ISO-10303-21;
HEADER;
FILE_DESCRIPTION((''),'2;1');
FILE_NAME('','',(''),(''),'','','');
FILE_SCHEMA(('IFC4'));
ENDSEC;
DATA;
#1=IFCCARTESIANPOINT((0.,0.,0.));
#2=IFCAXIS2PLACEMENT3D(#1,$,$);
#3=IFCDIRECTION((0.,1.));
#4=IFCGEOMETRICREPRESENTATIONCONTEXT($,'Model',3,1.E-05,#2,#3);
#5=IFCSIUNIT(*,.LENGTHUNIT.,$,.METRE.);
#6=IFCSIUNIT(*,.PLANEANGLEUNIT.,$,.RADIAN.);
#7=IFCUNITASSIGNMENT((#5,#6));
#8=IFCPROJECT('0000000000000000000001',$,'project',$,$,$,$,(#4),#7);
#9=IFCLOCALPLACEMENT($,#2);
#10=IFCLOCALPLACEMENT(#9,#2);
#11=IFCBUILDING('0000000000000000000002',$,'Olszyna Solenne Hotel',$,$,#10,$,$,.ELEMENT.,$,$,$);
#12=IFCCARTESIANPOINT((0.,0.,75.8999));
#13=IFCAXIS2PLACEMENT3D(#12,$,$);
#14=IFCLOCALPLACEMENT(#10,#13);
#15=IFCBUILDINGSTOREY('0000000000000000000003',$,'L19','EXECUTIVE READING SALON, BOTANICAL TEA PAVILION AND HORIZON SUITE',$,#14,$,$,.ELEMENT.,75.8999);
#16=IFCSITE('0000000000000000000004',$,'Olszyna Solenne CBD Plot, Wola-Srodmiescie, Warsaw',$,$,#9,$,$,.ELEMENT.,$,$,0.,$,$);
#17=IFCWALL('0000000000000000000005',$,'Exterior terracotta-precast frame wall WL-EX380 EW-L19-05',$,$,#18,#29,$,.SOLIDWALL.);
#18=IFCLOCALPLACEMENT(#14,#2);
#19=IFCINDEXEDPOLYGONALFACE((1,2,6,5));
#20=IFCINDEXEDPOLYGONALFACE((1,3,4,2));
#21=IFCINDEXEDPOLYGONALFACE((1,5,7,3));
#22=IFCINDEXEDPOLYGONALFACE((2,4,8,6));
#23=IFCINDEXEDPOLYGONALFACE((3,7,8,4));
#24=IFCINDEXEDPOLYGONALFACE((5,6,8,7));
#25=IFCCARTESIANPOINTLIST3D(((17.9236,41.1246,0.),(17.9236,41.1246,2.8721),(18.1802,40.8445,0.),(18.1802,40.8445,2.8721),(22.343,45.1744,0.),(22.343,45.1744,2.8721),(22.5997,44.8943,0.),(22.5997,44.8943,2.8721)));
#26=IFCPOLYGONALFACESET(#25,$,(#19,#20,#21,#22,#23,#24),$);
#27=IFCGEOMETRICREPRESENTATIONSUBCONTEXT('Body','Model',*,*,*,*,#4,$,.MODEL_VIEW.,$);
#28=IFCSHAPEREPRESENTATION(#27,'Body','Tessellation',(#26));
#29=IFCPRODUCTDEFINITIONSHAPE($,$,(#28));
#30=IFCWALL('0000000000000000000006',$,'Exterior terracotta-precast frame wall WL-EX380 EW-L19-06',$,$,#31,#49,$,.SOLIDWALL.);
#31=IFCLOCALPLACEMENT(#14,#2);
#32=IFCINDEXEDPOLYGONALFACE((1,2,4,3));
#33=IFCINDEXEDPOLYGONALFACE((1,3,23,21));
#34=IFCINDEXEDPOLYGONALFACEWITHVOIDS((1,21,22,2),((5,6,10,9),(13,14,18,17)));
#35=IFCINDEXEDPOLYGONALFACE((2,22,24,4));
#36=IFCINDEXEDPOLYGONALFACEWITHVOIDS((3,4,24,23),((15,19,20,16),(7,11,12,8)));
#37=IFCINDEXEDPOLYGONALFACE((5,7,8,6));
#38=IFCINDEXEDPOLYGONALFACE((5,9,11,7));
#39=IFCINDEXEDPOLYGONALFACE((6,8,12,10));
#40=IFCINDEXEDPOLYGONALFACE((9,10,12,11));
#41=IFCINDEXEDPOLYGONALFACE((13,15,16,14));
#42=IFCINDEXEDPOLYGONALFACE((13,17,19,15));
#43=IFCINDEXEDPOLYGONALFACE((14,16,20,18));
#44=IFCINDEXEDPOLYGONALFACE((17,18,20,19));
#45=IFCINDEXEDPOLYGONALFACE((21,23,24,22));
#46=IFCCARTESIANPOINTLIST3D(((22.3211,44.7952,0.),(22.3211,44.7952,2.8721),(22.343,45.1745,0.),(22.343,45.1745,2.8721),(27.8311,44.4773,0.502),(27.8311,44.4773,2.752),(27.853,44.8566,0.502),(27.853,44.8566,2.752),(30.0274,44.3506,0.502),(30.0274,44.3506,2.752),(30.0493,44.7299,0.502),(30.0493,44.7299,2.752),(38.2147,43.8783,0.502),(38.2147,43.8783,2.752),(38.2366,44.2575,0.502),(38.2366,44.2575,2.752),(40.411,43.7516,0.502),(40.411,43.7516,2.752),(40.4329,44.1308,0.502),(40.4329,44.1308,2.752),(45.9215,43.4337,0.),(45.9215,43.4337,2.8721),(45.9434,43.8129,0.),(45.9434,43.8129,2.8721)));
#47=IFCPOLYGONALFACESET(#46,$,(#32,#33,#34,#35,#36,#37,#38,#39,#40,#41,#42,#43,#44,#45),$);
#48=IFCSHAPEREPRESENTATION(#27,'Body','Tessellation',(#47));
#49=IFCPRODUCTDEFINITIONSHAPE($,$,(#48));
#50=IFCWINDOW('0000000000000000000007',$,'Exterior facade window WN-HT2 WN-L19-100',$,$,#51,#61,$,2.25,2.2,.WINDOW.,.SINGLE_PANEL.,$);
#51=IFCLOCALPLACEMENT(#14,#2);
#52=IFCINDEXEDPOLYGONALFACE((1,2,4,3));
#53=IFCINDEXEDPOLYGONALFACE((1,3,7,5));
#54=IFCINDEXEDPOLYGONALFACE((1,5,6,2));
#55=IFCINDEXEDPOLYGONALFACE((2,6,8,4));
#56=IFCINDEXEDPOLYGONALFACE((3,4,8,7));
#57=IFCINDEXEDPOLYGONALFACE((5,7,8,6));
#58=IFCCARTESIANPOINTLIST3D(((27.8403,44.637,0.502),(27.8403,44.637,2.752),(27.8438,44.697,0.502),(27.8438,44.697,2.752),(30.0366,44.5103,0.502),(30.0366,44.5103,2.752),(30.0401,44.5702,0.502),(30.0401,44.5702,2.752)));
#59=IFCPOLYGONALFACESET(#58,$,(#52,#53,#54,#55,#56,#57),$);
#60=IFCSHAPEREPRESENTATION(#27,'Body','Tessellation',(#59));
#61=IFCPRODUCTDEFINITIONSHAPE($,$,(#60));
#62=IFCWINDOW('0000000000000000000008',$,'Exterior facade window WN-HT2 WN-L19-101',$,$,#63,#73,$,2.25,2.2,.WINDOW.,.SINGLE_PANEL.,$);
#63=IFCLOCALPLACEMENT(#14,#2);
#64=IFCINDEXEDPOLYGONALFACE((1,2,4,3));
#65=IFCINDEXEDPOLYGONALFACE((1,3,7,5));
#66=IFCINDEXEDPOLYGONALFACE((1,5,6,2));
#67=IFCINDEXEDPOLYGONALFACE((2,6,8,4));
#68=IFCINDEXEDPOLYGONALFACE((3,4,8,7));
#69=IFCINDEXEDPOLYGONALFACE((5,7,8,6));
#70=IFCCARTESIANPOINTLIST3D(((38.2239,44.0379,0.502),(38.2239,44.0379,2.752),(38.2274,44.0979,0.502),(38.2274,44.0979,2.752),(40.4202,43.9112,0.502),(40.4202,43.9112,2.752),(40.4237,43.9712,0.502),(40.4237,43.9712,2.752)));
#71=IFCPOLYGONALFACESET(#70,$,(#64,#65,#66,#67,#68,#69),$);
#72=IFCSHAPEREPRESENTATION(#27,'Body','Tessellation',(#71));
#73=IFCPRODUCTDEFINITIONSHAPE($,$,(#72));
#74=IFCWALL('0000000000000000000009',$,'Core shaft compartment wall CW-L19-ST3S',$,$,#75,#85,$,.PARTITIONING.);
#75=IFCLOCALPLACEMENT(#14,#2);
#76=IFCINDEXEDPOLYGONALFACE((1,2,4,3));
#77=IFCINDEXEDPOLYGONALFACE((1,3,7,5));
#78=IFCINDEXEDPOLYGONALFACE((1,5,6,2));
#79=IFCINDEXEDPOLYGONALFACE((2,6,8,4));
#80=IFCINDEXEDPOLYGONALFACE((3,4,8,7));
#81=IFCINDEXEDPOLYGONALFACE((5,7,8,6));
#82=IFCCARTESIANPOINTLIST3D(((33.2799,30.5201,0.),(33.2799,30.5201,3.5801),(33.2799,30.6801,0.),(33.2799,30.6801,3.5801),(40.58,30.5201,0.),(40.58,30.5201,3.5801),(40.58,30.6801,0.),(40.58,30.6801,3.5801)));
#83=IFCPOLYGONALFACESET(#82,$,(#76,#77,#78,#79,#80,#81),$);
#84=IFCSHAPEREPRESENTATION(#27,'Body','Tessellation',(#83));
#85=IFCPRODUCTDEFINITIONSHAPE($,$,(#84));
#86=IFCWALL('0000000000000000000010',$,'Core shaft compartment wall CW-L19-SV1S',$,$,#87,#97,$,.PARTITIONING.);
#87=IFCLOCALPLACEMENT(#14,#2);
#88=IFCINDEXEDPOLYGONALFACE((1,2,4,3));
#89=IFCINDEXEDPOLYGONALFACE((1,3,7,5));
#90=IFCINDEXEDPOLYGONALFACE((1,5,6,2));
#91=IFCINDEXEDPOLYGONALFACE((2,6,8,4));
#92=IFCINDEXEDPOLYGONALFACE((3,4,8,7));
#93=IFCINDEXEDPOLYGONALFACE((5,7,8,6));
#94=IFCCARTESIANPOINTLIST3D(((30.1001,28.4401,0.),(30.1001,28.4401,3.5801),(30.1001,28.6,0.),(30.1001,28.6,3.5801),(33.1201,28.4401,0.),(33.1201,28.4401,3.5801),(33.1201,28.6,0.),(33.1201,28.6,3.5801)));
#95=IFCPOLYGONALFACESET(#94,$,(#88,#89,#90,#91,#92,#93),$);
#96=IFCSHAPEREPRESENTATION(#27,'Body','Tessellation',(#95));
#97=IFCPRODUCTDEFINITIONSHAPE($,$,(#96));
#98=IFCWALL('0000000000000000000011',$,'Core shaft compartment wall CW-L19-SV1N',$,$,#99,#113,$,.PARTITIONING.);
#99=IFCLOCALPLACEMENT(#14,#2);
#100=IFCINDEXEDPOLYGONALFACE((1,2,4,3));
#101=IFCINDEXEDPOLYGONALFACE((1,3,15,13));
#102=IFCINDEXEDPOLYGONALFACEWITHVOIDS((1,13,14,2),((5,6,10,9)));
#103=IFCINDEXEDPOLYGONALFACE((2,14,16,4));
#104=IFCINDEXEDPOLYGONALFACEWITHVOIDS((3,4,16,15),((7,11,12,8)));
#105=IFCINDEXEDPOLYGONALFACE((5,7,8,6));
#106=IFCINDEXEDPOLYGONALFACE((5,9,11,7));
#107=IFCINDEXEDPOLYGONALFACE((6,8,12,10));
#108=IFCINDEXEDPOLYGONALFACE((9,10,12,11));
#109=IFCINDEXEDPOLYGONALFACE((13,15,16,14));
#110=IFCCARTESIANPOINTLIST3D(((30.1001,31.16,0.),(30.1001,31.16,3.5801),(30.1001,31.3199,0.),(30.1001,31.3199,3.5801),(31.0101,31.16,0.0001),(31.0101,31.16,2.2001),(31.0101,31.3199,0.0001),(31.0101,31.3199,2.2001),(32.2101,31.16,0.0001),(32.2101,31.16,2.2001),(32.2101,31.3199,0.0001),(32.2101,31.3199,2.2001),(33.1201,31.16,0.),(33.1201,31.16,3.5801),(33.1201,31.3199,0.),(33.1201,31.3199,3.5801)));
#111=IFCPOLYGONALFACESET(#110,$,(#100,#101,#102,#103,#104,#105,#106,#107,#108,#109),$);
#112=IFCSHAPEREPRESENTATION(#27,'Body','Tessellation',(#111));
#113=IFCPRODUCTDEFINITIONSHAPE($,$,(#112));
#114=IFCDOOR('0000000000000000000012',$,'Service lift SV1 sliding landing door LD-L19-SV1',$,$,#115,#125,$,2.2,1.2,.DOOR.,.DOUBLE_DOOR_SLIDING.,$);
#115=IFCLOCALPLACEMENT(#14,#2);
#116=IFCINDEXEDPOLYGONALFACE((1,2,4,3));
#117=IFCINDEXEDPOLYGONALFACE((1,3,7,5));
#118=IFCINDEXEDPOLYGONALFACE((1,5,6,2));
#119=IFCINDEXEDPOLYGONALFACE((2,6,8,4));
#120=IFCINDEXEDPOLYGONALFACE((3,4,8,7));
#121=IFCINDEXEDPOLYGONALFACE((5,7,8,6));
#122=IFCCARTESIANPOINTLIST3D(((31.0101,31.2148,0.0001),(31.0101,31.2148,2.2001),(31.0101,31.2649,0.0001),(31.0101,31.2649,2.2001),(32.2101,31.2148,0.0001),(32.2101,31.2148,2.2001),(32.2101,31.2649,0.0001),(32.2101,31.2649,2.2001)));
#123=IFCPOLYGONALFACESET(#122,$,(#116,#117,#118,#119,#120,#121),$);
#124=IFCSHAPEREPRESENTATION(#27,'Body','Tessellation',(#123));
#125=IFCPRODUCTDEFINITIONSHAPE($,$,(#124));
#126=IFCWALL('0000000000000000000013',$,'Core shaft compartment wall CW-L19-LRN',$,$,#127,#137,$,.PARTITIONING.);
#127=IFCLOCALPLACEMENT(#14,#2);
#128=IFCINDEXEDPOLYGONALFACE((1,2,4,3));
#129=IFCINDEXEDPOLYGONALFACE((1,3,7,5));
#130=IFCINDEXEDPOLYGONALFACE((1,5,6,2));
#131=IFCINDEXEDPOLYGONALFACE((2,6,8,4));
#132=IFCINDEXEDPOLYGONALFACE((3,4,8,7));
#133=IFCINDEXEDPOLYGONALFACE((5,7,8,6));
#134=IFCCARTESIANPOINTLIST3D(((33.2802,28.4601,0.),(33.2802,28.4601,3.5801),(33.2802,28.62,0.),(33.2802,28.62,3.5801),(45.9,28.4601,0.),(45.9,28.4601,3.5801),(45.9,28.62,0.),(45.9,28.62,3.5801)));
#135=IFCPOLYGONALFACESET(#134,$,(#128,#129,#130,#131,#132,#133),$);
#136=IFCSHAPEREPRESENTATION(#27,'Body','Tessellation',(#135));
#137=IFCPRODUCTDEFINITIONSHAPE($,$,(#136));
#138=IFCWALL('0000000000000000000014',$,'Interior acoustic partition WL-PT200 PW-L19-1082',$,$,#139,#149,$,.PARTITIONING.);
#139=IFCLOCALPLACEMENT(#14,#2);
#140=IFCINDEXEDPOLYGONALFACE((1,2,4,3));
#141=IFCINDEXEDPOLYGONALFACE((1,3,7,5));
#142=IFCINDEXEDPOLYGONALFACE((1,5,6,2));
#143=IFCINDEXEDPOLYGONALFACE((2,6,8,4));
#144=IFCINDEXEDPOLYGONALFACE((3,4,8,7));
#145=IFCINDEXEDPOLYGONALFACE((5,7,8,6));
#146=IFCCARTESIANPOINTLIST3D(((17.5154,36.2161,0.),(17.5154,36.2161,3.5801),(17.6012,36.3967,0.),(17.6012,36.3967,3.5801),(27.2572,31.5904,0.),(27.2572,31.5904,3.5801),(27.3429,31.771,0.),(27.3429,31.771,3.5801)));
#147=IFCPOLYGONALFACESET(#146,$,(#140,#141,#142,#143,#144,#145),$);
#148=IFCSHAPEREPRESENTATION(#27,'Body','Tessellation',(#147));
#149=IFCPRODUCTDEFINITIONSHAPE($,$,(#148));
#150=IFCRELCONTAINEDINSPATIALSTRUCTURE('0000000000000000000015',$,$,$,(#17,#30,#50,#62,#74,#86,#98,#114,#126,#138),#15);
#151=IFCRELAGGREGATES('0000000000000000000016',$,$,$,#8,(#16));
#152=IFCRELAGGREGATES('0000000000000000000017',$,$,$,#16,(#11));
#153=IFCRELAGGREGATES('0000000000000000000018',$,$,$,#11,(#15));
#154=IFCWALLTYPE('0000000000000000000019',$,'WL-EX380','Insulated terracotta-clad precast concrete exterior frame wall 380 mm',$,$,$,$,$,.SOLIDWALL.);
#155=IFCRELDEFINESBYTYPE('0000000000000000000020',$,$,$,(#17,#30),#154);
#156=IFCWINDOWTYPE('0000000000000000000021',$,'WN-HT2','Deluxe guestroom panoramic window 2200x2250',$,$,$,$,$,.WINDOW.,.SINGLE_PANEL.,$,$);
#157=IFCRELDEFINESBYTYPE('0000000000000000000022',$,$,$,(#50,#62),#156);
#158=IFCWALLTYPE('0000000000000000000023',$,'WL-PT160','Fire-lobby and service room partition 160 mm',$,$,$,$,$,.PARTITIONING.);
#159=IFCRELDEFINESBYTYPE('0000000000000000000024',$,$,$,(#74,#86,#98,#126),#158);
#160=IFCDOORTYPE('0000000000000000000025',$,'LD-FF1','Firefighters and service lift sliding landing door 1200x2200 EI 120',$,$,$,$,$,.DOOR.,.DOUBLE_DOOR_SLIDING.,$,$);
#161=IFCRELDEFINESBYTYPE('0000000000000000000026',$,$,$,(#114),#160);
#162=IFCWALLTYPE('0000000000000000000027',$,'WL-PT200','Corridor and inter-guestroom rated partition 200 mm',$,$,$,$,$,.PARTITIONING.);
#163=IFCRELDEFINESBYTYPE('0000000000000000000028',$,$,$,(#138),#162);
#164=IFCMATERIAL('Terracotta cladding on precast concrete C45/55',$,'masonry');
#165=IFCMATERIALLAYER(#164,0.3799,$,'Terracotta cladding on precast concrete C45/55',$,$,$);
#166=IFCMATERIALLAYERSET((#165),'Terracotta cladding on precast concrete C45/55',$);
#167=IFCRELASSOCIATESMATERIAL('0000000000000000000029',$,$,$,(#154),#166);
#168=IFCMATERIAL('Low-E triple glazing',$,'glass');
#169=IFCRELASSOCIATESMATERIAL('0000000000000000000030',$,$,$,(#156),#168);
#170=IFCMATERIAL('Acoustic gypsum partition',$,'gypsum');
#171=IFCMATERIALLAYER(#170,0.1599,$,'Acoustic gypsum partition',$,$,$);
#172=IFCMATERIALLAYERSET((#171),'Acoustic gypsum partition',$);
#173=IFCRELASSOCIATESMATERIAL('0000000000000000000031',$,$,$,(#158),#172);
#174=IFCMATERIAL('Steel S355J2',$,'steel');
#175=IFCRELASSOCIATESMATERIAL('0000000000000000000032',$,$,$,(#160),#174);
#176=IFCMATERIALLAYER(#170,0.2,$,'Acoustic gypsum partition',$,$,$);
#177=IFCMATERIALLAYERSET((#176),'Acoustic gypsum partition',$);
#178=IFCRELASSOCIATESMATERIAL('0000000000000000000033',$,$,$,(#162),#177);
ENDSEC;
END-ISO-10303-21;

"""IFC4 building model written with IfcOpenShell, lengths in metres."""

from ifc_helpers import new_model, si_unit, direction, frame, frame_2d, origin, place, context, subcontext, project, spatial, rectangle, extrude, source, transform, mapped, material, layer, layer_set, type_object, type_shapes, element, fill, save


model = new_model("IFC4")

# Units and contexts
model_context = context("Model", 3, precision=1e-05, world=origin(), true_north=direction((0.0, 1.0)))
body_context = subcontext(model_context, "Body", "Model", "MODEL_VIEW")
ifc_project = project(units=[si_unit("LENGTHUNIT", "METRE"), si_unit("PLANEANGLEUNIT", "RADIAN")], contexts=[model_context])

# Site, building, storey
site_placement = place(None, origin())
site = spatial("IfcSite", under=ifc_project, at=site_placement, Name="Olszyna Solenne CBD Plot, Wola-Srodmiescie, Warsaw", CompositionType="ELEMENT", RefElevation=0.0)
building_placement = place(site_placement, origin())
building = spatial("IfcBuilding", under=site, at=building_placement, Name="Olszyna Solenne Hotel", CompositionType="ELEMENT")
storey_placement = place(building_placement, frame((0.0, 0.0, 75.8999)))
storey = spatial("IfcBuildingStorey", under=building, at=storey_placement, Name="L19", Description="EXECUTIVE READING SALON, BOTANICAL TEA PAVILION AND HORIZON SUITE", CompositionType="ELEMENT", Elevation=75.8999)

# Shared definitions
ifc_material_1 = material(Name="Steel S355J2", Category="steel")

# Wall
ifc_material_2 = material(Name="Terracotta cladding on precast concrete C45/55", Category="masonry")
ifc_layer_1 = layer(ifc_material_2, 0.3799, Name="Terracotta cladding on precast concrete C45/55")
ifc_layer_set_1 = layer_set([ifc_layer_1], Name="Terracotta cladding on precast concrete C45/55")
wall_type_1 = type_object("IfcWallType", Name="WL-EX380", Description="Insulated terracotta-clad precast concrete exterior frame wall 380 mm", PredefinedType="SOLIDWALL", material=ifc_layer_set_1)
wall_1_placement = place(storey_placement, frame((18.052, 40.9846, 0.0), z_axis=(0.0, 0.0, 1.0), x_axis=(0.737266, 0.675603, 0.0)))
element("IfcWall", 1, at=wall_1_placement, inside=storey, type_object=wall_type_1, Name="Exterior terracotta-precast frame wall WL-EX380 EW-L19-05", PredefinedType="SOLIDWALL", context=body_context, shape_type="SweptSolid", body=[
    extrude(rectangle(XDim=5.9944, YDim=0.3799, at=frame_2d((2.9971, 0.0))), origin(), (0.0, 0.0, 1.0), 2.8721),
])

# Wall, openings, windows
wall_2_placement = place(storey_placement, frame((22.332, 44.9849, 0.0), z_axis=(0.0, 0.0, 1.0), x_axis=(0.99834, -0.057597, 0.0)))
wall_2 = element("IfcWall", 2, at=wall_2_placement, inside=storey, type_object=wall_type_1, Name="Exterior terracotta-precast frame wall WL-EX380 EW-L19-06", PredefinedType="SOLIDWALL", context=body_context, shape_type="SweptSolid", body=[
    extrude(rectangle(XDim=23.6396, YDim=0.3799, at=frame_2d((11.8198, 0.0))), origin(), (0.0, 0.0, 1.0), 2.8721),
])
opening_1_placement = place(wall_2_placement, frame((5.519, 0.0, 0.502)))
opening_1 = element("IfcOpeningElement", 3, at=opening_1_placement, cuts=wall_2, PredefinedType="OPENING", context=body_context, shape_type="SweptSolid", body=[
    extrude(rectangle(XDim=2.2, YDim=2.25, at=frame_2d((1.1001, 1.125))), frame((0.0, 0.2, 0.0), z_axis=(0.0, -1.0, 0.0), x_axis=(1.0, 0.0, 0.0)), (0.0, 0.0, 1.0), 0.3999),
])
opening_2_placement = place(wall_2_placement, frame((15.9199, 0.0, 0.502)))
opening_2 = element("IfcOpeningElement", 4, at=opening_2_placement, cuts=wall_2, PredefinedType="OPENING", context=body_context, shape_type="SweptSolid", body=[
    extrude(rectangle(XDim=2.2, YDim=2.25, at=frame_2d((1.1001, 1.125))), frame((0.0, 0.2, 0.0), z_axis=(0.0, -1.0, 0.0), x_axis=(1.0, 0.0, 0.0)), (0.0, 0.0, 1.0), 0.3999),
])
ifc_material_3 = material(Name="Low-E triple glazing", Category="glass")
window_type = type_object("IfcWindowType", Name="WN-HT2", Description="Deluxe guestroom panoramic window 2200x2250", PartitioningType="SINGLE_PANEL", PredefinedType="WINDOW", material=ifc_material_3)
shared_shape_1 = source(origin(), body_context, "Body", "SweptSolid", [
    extrude(rectangle(XDim=2.2, YDim=2.25, at=frame_2d((1.1001, 1.125))), frame((0.0, 0.03, 0.0), z_axis=(0.0, -1.0, 0.0), x_axis=(1.0, 0.0, 0.0)), (0.0, 0.0, 1.0), 0.0601),
])
type_shapes(window_type, [shared_shape_1])
window_1_placement = place(opening_1_placement, origin())
window_1 = element("IfcWindow", 5, at=window_1_placement, inside=storey, type_object=window_type, Name="Exterior facade window WN-HT2 WN-L19-100", OverallHeight=2.25, OverallWidth=2.2, PartitioningType="SINGLE_PANEL", PredefinedType="WINDOW", context=body_context, shape_type="MappedRepresentation", body=[
    mapped(shared_shape_1, transform((0.0, 0.0, 0.0), x_axis=(1.0, 0.0, 0.0), y_axis=(0.0, 1.0, 0.0), z_axis=(0.0, 0.0, 1.0), scale=1.0)),
])
fill(opening_1, window_1)
window_2_placement = place(opening_2_placement, origin())
window_2 = element("IfcWindow", 6, at=window_2_placement, inside=storey, type_object=window_type, Name="Exterior facade window WN-HT2 WN-L19-101", OverallHeight=2.25, OverallWidth=2.2, PartitioningType="SINGLE_PANEL", PredefinedType="WINDOW", context=body_context, shape_type="MappedRepresentation", body=[
    mapped(shared_shape_1, transform((0.0, 0.0, 0.0), x_axis=(1.0, 0.0, 0.0), y_axis=(0.0, 1.0, 0.0), z_axis=(0.0, 0.0, 1.0), scale=1.0)),
])
fill(opening_2, window_2)

# Walls
ifc_material_4 = material(Name="Acoustic gypsum partition", Category="gypsum")
ifc_layer_2 = layer(ifc_material_4, 0.1599, Name="Acoustic gypsum partition")
ifc_layer_set_2 = layer_set([ifc_layer_2], Name="Acoustic gypsum partition")
wall_type_2 = type_object("IfcWallType", Name="WL-PT160", Description="Fire-lobby and service room partition 160 mm", PredefinedType="PARTITIONING", material=ifc_layer_set_2)
wall_3_placement = place(storey_placement, frame((33.28, 30.6001, 0.0), z_axis=(0.0, 0.0, 1.0), x_axis=(1.0, 0.0, 0.0)))
element("IfcWall", 7, at=wall_3_placement, inside=storey, type_object=wall_type_2, Name="Core shaft compartment wall CW-L19-ST3S", PredefinedType="PARTITIONING", context=body_context, shape_type="SweptSolid", body=[
    extrude(rectangle(XDim=7.3, YDim=0.1599, at=frame_2d((3.6499, 0.0))), origin(), (0.0, 0.0, 1.0), 3.5801),
])
wall_4_placement = place(storey_placement, frame((30.1001, 28.52, 0.0), z_axis=(0.0, 0.0, 1.0), x_axis=(1.0, 0.0, 0.0)))
element("IfcWall", 8, at=wall_4_placement, inside=storey, type_object=wall_type_2, Name="Core shaft compartment wall CW-L19-SV1S", PredefinedType="PARTITIONING", context=body_context, shape_type="SweptSolid", body=[
    extrude(rectangle(XDim=3.02, YDim=0.1599, at=frame_2d((1.51, 0.0))), origin(), (0.0, 0.0, 1.0), 3.5801),
])

# Wall, opening, door
wall_5_placement = place(storey_placement, frame((30.1001, 31.24, 0.0), z_axis=(0.0, 0.0, 1.0), x_axis=(1.0, 0.0, 0.0)))
wall_5 = element("IfcWall", 9, at=wall_5_placement, inside=storey, type_object=wall_type_2, Name="Core shaft compartment wall CW-L19-SV1N", PredefinedType="PARTITIONING", context=body_context, shape_type="SweptSolid", body=[
    extrude(rectangle(XDim=3.02, YDim=0.1599, at=frame_2d((1.51, 0.0))), origin(), (0.0, 0.0, 1.0), 3.5801),
])
opening_3_placement = place(wall_5_placement, frame((0.9099, 0.0, 0.0)))
opening_3 = element("IfcOpeningElement", 10, at=opening_3_placement, cuts=wall_5, PredefinedType="OPENING", context=body_context, shape_type="SweptSolid", body=[
    extrude(rectangle(XDim=1.2, YDim=2.2, at=frame_2d((0.6001, 1.1001))), frame((0.0, 0.0898, 0.0), z_axis=(0.0, -1.0, 0.0), x_axis=(1.0, 0.0, 0.0)), (0.0, 0.0, 1.0), 0.1799),
])
door_type_1 = type_object("IfcDoorType", Name="LD-FF1", Description="Firefighters and service lift sliding landing door 1200x2200 EI 120", OperationType="DOUBLE_DOOR_SLIDING", PredefinedType="DOOR", material=ifc_material_1)
shared_shape_2 = source(origin(), body_context, "Body", "SweptSolid", [
    extrude(rectangle(XDim=1.2, YDim=2.2, at=frame_2d((0.6001, 1.1001))), frame((0.0, 0.0249, 0.0), z_axis=(0.0, -1.0, 0.0), x_axis=(1.0, 0.0, 0.0)), (0.0, 0.0, 1.0), 0.05),
])
type_shapes(door_type_1, [shared_shape_2])
door_1_placement = place(opening_3_placement, origin())
door_1 = element("IfcDoor", 11, at=door_1_placement, inside=storey, type_object=door_type_1, Name="Service lift SV1 sliding landing door LD-L19-SV1", OperationType="DOUBLE_DOOR_SLIDING", OverallHeight=2.2, OverallWidth=1.2, PredefinedType="DOOR", context=body_context, shape_type="MappedRepresentation", body=[
    mapped(shared_shape_2, transform((0.0, 0.0, 0.0), x_axis=(1.0, 0.0, 0.0), y_axis=(0.0, 1.0, 0.0), z_axis=(0.0, 0.0, 1.0), scale=1.0)),
])
fill(opening_3, door_1)

# Walls
wall_6_placement = place(storey_placement, frame((33.28, 28.54, 0.0), z_axis=(0.0, 0.0, 1.0), x_axis=(1.0, 0.0, 0.0)))
element("IfcWall", 12, at=wall_6_placement, inside=storey, type_object=wall_type_2, Name="Core shaft compartment wall CW-L19-LRN", PredefinedType="PARTITIONING", context=body_context, shape_type="SweptSolid", body=[
    extrude(rectangle(XDim=12.6199, YDim=0.1599, at=frame_2d((6.3101, 0.0))), origin(), (0.0, 0.0, 1.0), 3.5801),
])
ifc_layer_3 = layer(ifc_material_4, 0.2, Name="Acoustic gypsum partition")
ifc_layer_set_3 = layer_set([ifc_layer_3], Name="Acoustic gypsum partition")
wall_type_3 = type_object("IfcWallType", Name="WL-PT200", Description="Corridor and inter-guestroom rated partition 200 mm", PredefinedType="PARTITIONING", material=ifc_layer_set_3)
wall_7_placement = place(storey_placement, frame((27.3, 31.6807, 0.0), z_axis=(0.0, 0.0, 1.0), x_axis=(-0.903334, 0.428938, 0.0)))
element("IfcWall", 13, at=wall_7_placement, inside=storey, type_object=wall_type_3, Name="Interior acoustic partition WL-PT200 PW-L19-1082", PredefinedType="PARTITIONING", context=body_context, shape_type="SweptSolid", body=[
    extrude(rectangle(XDim=10.7842, YDim=0.2, at=frame_2d((5.3921, 0.0))), origin(), (0.0, 0.0, 1.0), 3.5801),
])

save(model, "model.ifc")
